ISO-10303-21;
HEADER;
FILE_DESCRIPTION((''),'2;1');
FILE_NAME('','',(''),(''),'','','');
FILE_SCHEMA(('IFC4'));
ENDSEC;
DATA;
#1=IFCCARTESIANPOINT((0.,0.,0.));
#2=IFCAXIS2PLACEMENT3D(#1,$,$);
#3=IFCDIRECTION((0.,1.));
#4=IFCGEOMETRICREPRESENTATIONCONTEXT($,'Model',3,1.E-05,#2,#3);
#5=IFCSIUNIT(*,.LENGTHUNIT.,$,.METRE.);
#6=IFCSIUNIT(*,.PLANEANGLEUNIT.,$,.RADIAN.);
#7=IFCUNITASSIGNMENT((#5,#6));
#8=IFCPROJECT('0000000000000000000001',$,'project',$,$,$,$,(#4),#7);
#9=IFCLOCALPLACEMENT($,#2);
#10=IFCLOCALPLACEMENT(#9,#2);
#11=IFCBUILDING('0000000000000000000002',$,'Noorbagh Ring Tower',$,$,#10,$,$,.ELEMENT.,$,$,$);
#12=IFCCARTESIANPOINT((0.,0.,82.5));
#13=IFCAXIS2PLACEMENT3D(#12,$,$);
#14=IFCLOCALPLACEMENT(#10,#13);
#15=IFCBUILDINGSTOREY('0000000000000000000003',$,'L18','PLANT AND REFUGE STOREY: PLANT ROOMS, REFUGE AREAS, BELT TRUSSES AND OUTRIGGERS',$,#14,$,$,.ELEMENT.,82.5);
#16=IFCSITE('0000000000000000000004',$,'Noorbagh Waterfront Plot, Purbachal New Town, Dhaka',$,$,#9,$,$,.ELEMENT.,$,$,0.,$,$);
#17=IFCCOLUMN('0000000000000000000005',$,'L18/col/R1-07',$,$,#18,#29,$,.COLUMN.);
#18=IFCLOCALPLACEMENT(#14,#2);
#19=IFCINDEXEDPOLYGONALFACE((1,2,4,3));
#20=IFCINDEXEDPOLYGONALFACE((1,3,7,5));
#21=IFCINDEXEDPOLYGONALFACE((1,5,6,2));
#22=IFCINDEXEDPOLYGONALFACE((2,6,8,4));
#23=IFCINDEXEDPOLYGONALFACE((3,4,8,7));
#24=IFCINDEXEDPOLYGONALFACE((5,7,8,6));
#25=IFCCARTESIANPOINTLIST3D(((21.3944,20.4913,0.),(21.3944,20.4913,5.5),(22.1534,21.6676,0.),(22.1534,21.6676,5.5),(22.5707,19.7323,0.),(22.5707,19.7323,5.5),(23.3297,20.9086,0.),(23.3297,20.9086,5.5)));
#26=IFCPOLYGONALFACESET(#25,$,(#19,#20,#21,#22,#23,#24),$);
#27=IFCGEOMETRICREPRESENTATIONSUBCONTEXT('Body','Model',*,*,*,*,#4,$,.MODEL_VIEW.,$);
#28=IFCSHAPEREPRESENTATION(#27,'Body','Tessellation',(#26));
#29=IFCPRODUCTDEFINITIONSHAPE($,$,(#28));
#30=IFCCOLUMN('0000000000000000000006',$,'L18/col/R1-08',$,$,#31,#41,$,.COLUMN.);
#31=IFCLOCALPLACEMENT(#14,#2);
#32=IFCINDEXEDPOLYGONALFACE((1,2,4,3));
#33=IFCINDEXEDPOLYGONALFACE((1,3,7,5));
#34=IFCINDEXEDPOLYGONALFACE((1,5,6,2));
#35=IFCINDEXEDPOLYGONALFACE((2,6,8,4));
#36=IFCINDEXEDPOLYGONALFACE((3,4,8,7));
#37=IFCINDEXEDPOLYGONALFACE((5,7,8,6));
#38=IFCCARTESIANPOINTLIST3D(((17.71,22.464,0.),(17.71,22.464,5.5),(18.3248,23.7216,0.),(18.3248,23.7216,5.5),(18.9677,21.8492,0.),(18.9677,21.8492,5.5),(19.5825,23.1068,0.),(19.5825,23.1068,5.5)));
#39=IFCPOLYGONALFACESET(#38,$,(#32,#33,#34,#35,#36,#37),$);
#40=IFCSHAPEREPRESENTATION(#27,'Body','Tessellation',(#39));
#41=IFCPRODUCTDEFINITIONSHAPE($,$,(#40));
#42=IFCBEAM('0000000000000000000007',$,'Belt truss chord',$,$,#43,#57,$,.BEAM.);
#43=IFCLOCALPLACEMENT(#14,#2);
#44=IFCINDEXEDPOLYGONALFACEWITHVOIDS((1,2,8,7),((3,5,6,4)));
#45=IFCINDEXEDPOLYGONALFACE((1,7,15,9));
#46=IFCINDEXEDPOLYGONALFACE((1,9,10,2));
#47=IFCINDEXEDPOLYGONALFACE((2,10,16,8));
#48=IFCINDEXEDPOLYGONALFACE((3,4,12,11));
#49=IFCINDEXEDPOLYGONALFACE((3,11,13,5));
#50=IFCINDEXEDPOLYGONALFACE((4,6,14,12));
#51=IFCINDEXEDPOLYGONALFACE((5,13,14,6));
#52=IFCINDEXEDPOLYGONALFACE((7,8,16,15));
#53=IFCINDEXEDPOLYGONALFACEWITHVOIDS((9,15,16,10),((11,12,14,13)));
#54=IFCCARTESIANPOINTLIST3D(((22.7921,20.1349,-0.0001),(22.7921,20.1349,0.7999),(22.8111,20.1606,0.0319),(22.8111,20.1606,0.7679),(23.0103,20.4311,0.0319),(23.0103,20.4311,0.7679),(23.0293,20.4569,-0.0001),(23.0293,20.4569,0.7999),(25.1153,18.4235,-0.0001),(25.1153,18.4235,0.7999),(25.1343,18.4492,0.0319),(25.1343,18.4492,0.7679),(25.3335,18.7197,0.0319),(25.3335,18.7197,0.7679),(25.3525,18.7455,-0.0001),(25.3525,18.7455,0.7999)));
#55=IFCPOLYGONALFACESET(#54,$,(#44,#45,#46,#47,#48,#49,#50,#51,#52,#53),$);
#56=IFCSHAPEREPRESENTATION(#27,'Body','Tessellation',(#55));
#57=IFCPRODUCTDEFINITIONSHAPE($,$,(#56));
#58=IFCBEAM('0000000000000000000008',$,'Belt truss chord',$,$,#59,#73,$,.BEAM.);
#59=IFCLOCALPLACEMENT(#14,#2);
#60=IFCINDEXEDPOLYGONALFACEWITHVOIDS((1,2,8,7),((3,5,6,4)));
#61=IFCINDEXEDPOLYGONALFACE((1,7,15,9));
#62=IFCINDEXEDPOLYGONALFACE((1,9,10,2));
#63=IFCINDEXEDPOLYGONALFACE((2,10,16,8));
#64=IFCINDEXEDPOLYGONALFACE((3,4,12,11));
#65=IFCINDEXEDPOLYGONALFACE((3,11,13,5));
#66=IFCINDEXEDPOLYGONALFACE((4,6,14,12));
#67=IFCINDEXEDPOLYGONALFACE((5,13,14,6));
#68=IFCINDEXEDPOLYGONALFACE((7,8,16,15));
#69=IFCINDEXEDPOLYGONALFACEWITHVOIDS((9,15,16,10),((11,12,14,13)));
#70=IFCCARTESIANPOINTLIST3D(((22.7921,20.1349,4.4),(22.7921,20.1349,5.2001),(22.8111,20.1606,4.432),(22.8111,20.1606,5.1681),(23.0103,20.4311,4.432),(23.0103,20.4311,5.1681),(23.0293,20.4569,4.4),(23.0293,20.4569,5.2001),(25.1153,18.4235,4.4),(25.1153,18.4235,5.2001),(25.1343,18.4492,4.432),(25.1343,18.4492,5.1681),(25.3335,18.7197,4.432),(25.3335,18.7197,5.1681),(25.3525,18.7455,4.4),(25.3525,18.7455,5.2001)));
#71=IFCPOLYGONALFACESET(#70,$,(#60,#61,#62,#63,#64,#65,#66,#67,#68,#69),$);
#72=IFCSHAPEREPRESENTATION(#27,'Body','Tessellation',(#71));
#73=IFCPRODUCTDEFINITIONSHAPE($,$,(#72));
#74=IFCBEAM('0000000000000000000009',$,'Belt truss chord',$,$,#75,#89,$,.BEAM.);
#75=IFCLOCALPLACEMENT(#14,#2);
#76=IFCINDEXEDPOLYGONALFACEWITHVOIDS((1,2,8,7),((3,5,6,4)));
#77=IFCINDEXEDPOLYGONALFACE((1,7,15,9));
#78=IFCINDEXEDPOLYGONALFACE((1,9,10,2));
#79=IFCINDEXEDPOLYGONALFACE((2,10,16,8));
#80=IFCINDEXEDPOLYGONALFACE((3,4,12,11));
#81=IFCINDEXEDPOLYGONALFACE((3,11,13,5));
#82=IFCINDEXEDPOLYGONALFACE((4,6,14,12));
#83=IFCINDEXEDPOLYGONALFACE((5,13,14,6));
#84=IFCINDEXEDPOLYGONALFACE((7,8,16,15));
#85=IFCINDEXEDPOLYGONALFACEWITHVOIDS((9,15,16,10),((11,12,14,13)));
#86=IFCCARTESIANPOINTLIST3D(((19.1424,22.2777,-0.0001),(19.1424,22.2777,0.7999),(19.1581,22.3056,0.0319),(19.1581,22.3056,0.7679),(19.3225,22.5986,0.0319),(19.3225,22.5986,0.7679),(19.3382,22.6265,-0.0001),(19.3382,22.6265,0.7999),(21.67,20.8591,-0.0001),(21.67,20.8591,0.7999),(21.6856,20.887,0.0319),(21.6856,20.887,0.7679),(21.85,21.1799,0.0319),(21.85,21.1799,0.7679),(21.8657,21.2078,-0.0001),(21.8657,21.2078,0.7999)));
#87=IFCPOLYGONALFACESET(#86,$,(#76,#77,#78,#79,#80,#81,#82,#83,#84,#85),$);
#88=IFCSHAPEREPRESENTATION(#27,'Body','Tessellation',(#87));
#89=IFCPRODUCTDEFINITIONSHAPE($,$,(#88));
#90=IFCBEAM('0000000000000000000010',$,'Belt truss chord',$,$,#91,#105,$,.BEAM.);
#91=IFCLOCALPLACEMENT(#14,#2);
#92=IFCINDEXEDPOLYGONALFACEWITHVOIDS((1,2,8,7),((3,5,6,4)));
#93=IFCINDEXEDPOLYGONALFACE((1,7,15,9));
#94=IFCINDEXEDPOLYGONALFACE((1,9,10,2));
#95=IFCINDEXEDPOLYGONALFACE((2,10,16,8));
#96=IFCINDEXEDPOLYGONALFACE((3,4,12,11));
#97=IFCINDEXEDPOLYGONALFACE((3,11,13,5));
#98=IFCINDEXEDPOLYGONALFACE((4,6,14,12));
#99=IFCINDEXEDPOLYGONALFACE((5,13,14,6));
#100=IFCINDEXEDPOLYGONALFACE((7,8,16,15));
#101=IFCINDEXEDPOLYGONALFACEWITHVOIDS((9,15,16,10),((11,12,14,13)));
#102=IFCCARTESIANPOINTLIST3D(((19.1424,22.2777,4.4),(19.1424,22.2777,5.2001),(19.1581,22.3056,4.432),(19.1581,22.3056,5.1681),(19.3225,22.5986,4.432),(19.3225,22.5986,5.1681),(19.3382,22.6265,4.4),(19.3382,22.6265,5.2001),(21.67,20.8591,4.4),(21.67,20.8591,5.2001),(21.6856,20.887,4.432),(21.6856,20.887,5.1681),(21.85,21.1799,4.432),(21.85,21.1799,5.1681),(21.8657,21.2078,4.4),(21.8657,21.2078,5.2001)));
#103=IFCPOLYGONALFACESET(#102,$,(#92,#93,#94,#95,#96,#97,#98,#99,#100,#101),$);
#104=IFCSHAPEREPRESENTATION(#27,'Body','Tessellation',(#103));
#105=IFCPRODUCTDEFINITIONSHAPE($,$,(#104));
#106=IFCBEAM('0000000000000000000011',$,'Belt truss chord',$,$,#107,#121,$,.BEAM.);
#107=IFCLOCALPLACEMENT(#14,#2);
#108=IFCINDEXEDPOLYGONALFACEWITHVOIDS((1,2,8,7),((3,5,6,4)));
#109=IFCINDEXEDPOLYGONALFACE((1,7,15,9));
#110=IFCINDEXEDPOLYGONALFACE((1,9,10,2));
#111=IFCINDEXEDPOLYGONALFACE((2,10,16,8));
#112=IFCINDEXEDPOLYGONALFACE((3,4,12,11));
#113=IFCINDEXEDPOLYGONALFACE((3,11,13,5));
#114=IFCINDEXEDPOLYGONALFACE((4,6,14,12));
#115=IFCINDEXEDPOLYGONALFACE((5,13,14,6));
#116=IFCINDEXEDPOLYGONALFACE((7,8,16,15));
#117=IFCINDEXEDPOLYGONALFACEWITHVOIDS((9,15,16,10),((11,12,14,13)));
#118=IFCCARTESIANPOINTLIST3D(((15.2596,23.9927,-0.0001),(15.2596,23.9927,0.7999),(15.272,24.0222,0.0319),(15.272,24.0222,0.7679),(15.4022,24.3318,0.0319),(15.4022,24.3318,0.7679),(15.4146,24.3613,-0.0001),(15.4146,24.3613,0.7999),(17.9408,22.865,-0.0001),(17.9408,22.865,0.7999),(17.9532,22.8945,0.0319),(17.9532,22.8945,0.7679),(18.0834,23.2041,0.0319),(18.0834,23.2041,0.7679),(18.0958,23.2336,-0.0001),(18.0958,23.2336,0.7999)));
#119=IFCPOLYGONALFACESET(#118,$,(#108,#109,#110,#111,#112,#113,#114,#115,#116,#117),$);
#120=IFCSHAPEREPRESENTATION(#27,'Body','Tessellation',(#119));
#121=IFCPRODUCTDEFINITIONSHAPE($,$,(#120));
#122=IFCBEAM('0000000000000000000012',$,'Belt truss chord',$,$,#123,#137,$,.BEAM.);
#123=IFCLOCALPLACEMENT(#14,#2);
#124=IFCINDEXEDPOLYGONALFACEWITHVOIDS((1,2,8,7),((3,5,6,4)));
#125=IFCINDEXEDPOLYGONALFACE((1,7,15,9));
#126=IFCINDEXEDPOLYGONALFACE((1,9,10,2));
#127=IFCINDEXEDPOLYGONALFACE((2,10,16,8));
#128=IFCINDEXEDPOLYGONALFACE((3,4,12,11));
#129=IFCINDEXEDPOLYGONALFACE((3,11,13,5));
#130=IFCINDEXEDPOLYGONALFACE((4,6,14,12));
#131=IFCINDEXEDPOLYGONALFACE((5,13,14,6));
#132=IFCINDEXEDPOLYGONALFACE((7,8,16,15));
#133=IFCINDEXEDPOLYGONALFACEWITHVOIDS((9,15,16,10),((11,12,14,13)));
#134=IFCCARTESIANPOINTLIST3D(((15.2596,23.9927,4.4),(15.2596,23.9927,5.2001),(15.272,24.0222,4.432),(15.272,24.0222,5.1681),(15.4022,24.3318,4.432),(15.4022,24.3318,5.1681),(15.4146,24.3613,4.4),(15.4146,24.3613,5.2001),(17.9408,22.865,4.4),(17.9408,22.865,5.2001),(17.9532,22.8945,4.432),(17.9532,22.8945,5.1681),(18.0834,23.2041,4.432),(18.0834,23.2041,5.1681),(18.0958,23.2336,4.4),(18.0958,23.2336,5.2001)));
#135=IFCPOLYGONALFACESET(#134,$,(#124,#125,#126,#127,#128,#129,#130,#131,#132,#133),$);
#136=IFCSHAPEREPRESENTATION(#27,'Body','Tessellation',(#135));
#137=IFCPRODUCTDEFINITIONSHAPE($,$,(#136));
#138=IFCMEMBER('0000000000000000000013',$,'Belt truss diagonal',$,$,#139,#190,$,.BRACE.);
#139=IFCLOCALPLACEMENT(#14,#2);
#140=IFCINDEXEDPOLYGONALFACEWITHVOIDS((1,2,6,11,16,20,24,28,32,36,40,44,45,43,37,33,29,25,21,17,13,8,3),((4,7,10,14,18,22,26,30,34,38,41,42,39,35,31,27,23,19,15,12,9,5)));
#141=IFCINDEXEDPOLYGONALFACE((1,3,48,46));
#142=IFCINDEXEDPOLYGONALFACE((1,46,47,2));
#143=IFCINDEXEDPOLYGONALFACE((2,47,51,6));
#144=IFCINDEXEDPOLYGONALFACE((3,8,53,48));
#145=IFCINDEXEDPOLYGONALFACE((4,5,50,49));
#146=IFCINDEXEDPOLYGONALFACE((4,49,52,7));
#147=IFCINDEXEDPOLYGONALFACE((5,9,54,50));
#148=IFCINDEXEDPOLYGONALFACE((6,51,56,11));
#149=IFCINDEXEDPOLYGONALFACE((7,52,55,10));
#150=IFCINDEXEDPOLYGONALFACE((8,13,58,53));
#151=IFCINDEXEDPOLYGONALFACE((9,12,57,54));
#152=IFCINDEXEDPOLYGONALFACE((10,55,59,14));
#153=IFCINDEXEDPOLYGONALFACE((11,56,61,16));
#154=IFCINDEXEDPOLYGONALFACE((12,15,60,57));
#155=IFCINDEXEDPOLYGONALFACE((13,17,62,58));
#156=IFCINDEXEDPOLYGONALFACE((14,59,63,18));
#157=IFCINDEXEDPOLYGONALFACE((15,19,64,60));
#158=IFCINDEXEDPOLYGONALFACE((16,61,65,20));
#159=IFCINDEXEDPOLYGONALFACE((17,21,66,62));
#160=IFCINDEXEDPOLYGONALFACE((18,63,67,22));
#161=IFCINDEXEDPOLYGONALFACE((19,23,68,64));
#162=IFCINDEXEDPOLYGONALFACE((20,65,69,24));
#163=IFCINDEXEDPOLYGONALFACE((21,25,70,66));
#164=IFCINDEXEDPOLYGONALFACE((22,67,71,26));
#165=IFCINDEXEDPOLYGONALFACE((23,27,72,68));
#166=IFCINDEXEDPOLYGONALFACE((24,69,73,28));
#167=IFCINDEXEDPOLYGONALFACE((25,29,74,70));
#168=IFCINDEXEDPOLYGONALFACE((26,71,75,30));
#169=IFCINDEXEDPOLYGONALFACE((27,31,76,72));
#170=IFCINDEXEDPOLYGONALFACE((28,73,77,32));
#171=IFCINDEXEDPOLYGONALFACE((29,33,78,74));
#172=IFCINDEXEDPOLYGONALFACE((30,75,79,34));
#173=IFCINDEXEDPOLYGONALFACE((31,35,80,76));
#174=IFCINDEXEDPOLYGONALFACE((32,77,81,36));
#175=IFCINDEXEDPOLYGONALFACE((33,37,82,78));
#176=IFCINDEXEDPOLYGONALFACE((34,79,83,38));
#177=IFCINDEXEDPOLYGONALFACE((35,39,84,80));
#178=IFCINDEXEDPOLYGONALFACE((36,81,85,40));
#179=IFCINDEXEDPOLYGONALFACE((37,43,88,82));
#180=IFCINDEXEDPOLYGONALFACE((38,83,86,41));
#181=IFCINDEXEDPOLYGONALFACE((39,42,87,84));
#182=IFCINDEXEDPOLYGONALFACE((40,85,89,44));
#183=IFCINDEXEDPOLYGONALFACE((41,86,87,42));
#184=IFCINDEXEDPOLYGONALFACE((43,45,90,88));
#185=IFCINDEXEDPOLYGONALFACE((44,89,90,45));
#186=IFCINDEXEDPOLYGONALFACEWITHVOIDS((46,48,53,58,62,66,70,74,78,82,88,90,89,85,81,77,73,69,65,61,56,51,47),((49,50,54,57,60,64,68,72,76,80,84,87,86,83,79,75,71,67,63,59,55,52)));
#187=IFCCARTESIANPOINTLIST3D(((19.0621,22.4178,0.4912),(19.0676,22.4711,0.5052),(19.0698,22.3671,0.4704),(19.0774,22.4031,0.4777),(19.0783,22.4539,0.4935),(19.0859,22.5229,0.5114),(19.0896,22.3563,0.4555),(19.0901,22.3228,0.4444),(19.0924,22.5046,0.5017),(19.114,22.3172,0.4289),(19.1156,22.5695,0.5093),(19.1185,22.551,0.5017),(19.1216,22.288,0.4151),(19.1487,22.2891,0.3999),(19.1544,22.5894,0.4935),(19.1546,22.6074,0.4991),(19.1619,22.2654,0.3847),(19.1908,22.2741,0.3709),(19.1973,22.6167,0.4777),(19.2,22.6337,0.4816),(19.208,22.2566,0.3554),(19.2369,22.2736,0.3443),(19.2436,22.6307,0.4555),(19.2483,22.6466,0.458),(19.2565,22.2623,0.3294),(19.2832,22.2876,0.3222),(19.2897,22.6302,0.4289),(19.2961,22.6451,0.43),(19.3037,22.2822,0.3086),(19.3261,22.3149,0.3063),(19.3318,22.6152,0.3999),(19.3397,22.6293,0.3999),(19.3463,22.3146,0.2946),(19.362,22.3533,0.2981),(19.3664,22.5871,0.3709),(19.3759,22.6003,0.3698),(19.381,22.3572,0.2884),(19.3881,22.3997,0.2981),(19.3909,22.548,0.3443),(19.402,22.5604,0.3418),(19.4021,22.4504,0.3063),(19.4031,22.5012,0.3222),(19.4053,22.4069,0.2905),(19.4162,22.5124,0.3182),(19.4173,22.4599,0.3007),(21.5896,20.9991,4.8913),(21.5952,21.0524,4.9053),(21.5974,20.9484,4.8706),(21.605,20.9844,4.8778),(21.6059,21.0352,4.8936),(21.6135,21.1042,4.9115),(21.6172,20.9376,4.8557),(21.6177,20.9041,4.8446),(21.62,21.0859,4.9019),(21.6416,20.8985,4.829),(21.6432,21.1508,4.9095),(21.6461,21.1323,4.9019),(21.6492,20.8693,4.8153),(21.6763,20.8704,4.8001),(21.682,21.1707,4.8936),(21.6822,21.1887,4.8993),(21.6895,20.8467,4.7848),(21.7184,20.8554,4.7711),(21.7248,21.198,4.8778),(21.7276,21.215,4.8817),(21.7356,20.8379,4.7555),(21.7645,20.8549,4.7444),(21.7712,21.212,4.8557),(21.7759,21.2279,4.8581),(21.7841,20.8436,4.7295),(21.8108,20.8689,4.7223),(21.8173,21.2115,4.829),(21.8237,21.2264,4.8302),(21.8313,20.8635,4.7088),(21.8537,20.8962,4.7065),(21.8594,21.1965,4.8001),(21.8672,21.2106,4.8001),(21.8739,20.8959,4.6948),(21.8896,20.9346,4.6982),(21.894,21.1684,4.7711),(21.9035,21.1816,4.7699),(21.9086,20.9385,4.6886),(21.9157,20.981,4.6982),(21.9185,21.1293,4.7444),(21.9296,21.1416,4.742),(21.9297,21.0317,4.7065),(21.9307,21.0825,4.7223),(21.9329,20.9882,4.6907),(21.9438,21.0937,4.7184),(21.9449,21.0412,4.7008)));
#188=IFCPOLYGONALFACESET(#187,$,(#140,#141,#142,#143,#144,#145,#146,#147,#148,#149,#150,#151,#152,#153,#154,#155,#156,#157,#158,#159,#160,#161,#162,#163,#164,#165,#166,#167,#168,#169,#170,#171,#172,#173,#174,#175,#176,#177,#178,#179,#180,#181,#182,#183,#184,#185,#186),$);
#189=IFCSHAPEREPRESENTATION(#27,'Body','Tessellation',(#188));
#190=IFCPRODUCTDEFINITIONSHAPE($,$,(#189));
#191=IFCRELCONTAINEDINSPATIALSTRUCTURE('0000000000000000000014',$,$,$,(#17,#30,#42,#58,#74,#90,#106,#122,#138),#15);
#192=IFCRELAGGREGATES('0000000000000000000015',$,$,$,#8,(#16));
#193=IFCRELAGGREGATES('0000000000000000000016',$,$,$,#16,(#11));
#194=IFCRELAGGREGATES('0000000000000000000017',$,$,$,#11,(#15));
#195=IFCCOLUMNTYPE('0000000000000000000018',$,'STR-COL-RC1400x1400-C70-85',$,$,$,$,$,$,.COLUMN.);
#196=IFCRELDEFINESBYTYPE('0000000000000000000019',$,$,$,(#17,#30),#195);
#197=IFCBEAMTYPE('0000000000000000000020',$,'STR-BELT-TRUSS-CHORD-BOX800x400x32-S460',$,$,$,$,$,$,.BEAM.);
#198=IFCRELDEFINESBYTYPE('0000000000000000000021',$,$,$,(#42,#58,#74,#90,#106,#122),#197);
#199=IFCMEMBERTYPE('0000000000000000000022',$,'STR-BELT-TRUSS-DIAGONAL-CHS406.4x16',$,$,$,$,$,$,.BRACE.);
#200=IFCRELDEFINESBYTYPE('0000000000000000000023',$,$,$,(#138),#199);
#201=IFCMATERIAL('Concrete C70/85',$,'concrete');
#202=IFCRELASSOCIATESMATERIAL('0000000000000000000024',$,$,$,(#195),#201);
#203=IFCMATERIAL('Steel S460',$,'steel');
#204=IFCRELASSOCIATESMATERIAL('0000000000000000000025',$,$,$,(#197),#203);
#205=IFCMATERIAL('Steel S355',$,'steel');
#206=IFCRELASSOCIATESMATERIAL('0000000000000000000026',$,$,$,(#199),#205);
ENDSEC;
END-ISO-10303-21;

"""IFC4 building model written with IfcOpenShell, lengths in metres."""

from ifc_helpers import new_model, si_unit, direction, frame, origin, origin_2d, place, context, subcontext, project, spatial, rectangle, hollow_rectangle, hollow_circle, extrude, material, material_profile, profile_set, type_object, element, save


model = new_model("IFC4")

# Units and contexts
model_context = context("Model", 3, precision=1e-05, world=origin(), true_north=direction((0.0, 1.0)))
body_context = subcontext(model_context, "Body", "Model", "MODEL_VIEW")
ifc_project = project(units=[si_unit("LENGTHUNIT", "METRE"), si_unit("PLANEANGLEUNIT", "RADIAN")], contexts=[model_context])

# Site, building, storey
site_placement = place(None, origin())
site = spatial("IfcSite", under=ifc_project, at=site_placement, Name="Noorbagh Waterfront Plot, Purbachal New Town, Dhaka", CompositionType="ELEMENT", RefElevation=0.0)
building_placement = place(site_placement, origin())
building = spatial("IfcBuilding", under=site, at=building_placement, Name="Noorbagh Ring Tower", CompositionType="ELEMENT")
storey_placement = place(building_placement, frame((0.0, 0.0, 82.5)))
storey = spatial("IfcBuildingStorey", under=building, at=storey_placement, Name="L18", Description="PLANT AND REFUGE STOREY: PLANT ROOMS, REFUGE AREAS, BELT TRUSSES AND OUTRIGGERS", CompositionType="ELEMENT", Elevation=82.5)

# Columns
ifc_material_1 = material(Name="Concrete C70/85", Category="concrete")
ifc_material_profile_1 = material_profile(ifc_material_1, rectangle(XDim=1.3999, YDim=1.3999, at=origin_2d()), Name="RC1400x1400")
ifc_profile_set_1 = profile_set([ifc_material_profile_1], Name="Concrete C70/85")
column_type = type_object("IfcColumnType", Name="STR-COL-RC1400x1400-C70-85", PredefinedType="COLUMN", material=ifc_profile_set_1)
for number, where, z_axis, x_axis, name in (
    (1, (22.3621, 20.7, 0.0), (0.0, 0.0, 1.0), (-0.840248, 0.542203, 0.0), "L18/col/R1-07"),
    (2, (18.6462, 22.7854, 0.0), (0.0, 0.0, 1.0), (-0.898399, 0.43918, 0.0), "L18/col/R1-08"),
):
    element("IfcColumn", number, at=place(storey_placement, frame(where, z_axis=z_axis, x_axis=x_axis)), inside=storey, type_object=column_type, Name=name, PredefinedType="COLUMN", context=body_context, shape_type="SweptSolid", body=[
        extrude(rectangle(XDim=1.3999, YDim=1.3999, at=origin_2d()), origin(), (0.0, 0.0, 1.0), 5.5),
    ])

# Beams
ifc_material_2 = material(Name="Steel S460", Category="steel")
ifc_material_profile_2 = material_profile(ifc_material_2, hollow_rectangle(XDim=0.3999, YDim=0.8, WallThickness=0.032, at=origin_2d()), Name="BOX800x400x32")
ifc_profile_set_2 = profile_set([ifc_material_profile_2], Name="Steel S460")
beam_type = type_object("IfcBeamType", Name="STR-BELT-TRUSS-CHORD-BOX800x400x32-S460", PredefinedType="BEAM", material=ifc_profile_set_2)
for number, where, z_axis, x_axis, name in (
    (3, (25.2339, 18.5845, 0.3999), (-0.805128, 0.593101, 0.0), (-0.593101, -0.805128, 0.0), "Belt truss chord"),
    (4, (25.2339, 18.5845, 4.8), (-0.805128, 0.593101, 0.0), (-0.593101, -0.805128, 0.0), "Belt truss chord"),
):
    element("IfcBeam", number, at=place(storey_placement, frame(where, z_axis=z_axis, x_axis=x_axis)), inside=storey, type_object=beam_type, Name=name, PredefinedType="BEAM", context=body_context, shape_type="SweptSolid", body=[
        extrude(hollow_rectangle(XDim=0.3999, YDim=0.8, WallThickness=0.032, at=origin_2d()), origin(), (0.0, 0.0, 1.0), 2.8855),
    ])
for number, where, z_axis, x_axis, name in (
    (5, (21.7678, 21.0334, 0.3999), (-0.872027, 0.489457, 0.0), (-0.489457, -0.872027, 0.0), "Belt truss chord"),
    (6, (21.7678, 21.0334, 4.8), (-0.872027, 0.489457, 0.0), (-0.489457, -0.872027, 0.0), "Belt truss chord"),
):
    element("IfcBeam", number, at=place(storey_placement, frame(where, z_axis=z_axis, x_axis=x_axis)), inside=storey, type_object=beam_type, Name=name, PredefinedType="BEAM", context=body_context, shape_type="SweptSolid", body=[
        extrude(hollow_rectangle(XDim=0.3999, YDim=0.8, WallThickness=0.032, at=origin_2d()), origin(), (0.0, 0.0, 1.0), 2.8984),
    ])
for number, where, z_axis, x_axis, name in (
    (7, (18.0183, 23.0493, 0.3999), (-0.921785, 0.3877, 0.0), (-0.3877, -0.921785, 0.0), "Belt truss chord"),
    (8, (18.0183, 23.0493, 4.8), (-0.921785, 0.3877, 0.0), (-0.3877, -0.921785, 0.0), "Belt truss chord"),
):
    element("IfcBeam", number, at=place(storey_placement, frame(where, z_axis=z_axis, x_axis=x_axis)), inside=storey, type_object=beam_type, Name=name, PredefinedType="BEAM", context=body_context, shape_type="SweptSolid", body=[
        extrude(hollow_rectangle(XDim=0.3999, YDim=0.8, WallThickness=0.032, at=origin_2d()), origin(), (0.0, 0.0, 1.0), 2.9087),
    ])

# Member
ifc_material_3 = material(Name="Steel S355", Category="steel")
ifc_material_profile_3 = material_profile(ifc_material_3, hollow_circle(Radius=0.2031, WallThickness=0.0161, at=origin_2d()), Name="CHS406.4x16")
ifc_profile_set_3 = profile_set([ifc_material_profile_3], Name="Steel S355")
member_type = type_object("IfcMemberType", Name="STR-BELT-TRUSS-DIAGONAL-CHS406.4x16", PredefinedType="BRACE", material=ifc_profile_set_3)
member_1_placement = place(storey_placement, frame((19.2402, 22.4521, 0.3999), z_axis=(0.479706, -0.269253, 0.835096), x_axis=(0.489457, 0.872027, 0.0)))
element("IfcMember", 9, at=member_1_placement, inside=storey, type_object=member_type, Name="Belt truss diagonal", PredefinedType="BRACE", context=body_context, shape_type="SweptSolid", body=[
    extrude(hollow_circle(Radius=0.2031, WallThickness=0.0161, at=origin_2d()), origin(), (0.0, 0.0, 1.0), 5.269),
])

save(model, "model.ifc")
